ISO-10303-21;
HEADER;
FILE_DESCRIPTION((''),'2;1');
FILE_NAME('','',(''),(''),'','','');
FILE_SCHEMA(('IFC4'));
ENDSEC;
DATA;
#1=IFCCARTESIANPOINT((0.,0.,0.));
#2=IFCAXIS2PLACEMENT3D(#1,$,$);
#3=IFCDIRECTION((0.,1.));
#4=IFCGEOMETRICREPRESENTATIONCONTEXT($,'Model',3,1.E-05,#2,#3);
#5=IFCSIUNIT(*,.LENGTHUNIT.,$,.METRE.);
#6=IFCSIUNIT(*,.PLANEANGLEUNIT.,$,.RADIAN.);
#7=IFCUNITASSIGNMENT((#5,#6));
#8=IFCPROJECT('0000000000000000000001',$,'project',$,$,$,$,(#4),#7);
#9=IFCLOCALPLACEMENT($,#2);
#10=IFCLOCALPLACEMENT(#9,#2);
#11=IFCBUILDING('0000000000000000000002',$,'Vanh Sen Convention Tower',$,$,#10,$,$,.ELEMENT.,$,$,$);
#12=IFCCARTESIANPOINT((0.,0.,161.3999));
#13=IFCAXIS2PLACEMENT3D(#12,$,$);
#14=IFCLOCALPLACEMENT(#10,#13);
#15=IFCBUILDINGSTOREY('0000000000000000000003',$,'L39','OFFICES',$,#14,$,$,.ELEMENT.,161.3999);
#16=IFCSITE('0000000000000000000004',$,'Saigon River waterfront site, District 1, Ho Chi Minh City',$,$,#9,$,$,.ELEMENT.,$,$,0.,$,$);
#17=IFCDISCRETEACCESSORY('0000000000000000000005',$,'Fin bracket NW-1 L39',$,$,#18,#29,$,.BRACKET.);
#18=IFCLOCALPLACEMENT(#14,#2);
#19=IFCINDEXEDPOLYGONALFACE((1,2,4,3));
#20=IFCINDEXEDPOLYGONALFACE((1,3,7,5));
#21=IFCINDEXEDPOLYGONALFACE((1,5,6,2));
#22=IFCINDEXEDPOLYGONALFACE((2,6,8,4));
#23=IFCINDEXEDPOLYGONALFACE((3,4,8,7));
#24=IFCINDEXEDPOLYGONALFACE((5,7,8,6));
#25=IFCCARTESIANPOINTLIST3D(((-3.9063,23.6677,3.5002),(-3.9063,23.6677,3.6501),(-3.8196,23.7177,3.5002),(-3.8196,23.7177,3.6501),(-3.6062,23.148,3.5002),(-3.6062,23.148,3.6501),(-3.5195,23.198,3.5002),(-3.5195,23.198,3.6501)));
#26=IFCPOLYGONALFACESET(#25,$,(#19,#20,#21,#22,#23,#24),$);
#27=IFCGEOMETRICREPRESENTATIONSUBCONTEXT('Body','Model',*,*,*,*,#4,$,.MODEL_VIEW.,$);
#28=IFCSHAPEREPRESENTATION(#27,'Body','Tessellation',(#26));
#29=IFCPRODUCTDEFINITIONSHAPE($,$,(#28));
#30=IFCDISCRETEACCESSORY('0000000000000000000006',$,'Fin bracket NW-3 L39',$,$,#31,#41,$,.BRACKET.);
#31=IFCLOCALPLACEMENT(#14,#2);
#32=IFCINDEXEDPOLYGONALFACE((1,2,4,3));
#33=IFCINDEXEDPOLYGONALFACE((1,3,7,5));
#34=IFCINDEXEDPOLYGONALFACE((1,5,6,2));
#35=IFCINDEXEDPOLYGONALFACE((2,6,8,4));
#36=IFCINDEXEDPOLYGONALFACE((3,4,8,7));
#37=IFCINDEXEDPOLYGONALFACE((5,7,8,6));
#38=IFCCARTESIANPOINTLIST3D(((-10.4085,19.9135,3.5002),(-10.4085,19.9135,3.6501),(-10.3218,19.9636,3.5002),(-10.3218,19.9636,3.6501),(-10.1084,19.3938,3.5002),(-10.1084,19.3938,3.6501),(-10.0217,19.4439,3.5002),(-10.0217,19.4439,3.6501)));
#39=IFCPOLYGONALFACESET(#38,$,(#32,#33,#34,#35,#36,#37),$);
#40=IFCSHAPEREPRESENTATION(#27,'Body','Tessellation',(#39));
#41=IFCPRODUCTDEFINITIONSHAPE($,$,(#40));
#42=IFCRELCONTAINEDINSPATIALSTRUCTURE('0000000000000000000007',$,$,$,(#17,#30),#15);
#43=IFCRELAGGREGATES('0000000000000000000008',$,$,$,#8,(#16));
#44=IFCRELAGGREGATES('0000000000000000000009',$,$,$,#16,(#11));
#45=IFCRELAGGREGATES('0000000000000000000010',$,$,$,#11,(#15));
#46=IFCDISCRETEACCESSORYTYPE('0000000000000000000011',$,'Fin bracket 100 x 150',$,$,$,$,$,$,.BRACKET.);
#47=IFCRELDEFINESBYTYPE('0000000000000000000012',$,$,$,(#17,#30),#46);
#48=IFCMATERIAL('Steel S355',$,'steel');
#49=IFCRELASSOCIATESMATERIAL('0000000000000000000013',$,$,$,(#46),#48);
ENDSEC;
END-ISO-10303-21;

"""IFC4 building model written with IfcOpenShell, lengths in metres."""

from ifc_helpers import new_model, si_unit, direction, frame, origin, origin_2d, place, context, subcontext, project, spatial, rectangle, extrude, material, type_object, element, save


model = new_model("IFC4")

# Units and contexts
model_context = context("Model", 3, precision=1e-05, world=origin(), true_north=direction((0.0, 1.0)))
body_context = subcontext(model_context, "Body", "Model", "MODEL_VIEW")
ifc_project = project(units=[si_unit("LENGTHUNIT", "METRE"), si_unit("PLANEANGLEUNIT", "RADIAN")], contexts=[model_context])

# Site, building, storey
site_placement = place(None, origin())
site = spatial("IfcSite", under=ifc_project, at=site_placement, Name="Saigon River waterfront site, District 1, Ho Chi Minh City", CompositionType="ELEMENT", RefElevation=0.0)
building_placement = place(site_placement, origin())
building = spatial("IfcBuilding", under=site, at=building_placement, Name="Vanh Sen Convention Tower", CompositionType="ELEMENT")
storey_placement = place(building_placement, frame((0.0, 0.0, 161.3999)))
storey = spatial("IfcBuildingStorey", under=building, at=storey_placement, Name="L39", Description="OFFICES", CompositionType="ELEMENT", Elevation=161.3999)

# Discrete accessories
ifc_material_1 = material(Name="Steel S355", Category="steel")
discrete_accessory_type = type_object("IfcDiscreteAccessoryType", Name="Fin bracket 100 x 150", PredefinedType="BRACKET", material=ifc_material_1)
for number, where, z_axis, x_axis, name in (
    (1, (-3.7129, 23.4329, 3.5002), (0.0, 0.0, 1.0), (-0.5, 0.866025, 0.0), "Fin bracket NW-1 L39"),
    (2, (-10.2151, 19.6787, 3.5002), (0.0, 0.0, 1.0), (-0.5, 0.866025, 0.0), "Fin bracket NW-3 L39"),
):
    element("IfcDiscreteAccessory", number, at=place(storey_placement, frame(where, z_axis=z_axis, x_axis=x_axis)), inside=storey, type_object=discrete_accessory_type, Name=name, PredefinedType="BRACKET", context=body_context, shape_type="SweptSolid", body=[
        extrude(rectangle(XDim=0.6001, YDim=0.1001, at=origin_2d()), origin(), (0.0, 0.0, 1.0), 0.1499),
    ])

save(model, "model.ifc")
